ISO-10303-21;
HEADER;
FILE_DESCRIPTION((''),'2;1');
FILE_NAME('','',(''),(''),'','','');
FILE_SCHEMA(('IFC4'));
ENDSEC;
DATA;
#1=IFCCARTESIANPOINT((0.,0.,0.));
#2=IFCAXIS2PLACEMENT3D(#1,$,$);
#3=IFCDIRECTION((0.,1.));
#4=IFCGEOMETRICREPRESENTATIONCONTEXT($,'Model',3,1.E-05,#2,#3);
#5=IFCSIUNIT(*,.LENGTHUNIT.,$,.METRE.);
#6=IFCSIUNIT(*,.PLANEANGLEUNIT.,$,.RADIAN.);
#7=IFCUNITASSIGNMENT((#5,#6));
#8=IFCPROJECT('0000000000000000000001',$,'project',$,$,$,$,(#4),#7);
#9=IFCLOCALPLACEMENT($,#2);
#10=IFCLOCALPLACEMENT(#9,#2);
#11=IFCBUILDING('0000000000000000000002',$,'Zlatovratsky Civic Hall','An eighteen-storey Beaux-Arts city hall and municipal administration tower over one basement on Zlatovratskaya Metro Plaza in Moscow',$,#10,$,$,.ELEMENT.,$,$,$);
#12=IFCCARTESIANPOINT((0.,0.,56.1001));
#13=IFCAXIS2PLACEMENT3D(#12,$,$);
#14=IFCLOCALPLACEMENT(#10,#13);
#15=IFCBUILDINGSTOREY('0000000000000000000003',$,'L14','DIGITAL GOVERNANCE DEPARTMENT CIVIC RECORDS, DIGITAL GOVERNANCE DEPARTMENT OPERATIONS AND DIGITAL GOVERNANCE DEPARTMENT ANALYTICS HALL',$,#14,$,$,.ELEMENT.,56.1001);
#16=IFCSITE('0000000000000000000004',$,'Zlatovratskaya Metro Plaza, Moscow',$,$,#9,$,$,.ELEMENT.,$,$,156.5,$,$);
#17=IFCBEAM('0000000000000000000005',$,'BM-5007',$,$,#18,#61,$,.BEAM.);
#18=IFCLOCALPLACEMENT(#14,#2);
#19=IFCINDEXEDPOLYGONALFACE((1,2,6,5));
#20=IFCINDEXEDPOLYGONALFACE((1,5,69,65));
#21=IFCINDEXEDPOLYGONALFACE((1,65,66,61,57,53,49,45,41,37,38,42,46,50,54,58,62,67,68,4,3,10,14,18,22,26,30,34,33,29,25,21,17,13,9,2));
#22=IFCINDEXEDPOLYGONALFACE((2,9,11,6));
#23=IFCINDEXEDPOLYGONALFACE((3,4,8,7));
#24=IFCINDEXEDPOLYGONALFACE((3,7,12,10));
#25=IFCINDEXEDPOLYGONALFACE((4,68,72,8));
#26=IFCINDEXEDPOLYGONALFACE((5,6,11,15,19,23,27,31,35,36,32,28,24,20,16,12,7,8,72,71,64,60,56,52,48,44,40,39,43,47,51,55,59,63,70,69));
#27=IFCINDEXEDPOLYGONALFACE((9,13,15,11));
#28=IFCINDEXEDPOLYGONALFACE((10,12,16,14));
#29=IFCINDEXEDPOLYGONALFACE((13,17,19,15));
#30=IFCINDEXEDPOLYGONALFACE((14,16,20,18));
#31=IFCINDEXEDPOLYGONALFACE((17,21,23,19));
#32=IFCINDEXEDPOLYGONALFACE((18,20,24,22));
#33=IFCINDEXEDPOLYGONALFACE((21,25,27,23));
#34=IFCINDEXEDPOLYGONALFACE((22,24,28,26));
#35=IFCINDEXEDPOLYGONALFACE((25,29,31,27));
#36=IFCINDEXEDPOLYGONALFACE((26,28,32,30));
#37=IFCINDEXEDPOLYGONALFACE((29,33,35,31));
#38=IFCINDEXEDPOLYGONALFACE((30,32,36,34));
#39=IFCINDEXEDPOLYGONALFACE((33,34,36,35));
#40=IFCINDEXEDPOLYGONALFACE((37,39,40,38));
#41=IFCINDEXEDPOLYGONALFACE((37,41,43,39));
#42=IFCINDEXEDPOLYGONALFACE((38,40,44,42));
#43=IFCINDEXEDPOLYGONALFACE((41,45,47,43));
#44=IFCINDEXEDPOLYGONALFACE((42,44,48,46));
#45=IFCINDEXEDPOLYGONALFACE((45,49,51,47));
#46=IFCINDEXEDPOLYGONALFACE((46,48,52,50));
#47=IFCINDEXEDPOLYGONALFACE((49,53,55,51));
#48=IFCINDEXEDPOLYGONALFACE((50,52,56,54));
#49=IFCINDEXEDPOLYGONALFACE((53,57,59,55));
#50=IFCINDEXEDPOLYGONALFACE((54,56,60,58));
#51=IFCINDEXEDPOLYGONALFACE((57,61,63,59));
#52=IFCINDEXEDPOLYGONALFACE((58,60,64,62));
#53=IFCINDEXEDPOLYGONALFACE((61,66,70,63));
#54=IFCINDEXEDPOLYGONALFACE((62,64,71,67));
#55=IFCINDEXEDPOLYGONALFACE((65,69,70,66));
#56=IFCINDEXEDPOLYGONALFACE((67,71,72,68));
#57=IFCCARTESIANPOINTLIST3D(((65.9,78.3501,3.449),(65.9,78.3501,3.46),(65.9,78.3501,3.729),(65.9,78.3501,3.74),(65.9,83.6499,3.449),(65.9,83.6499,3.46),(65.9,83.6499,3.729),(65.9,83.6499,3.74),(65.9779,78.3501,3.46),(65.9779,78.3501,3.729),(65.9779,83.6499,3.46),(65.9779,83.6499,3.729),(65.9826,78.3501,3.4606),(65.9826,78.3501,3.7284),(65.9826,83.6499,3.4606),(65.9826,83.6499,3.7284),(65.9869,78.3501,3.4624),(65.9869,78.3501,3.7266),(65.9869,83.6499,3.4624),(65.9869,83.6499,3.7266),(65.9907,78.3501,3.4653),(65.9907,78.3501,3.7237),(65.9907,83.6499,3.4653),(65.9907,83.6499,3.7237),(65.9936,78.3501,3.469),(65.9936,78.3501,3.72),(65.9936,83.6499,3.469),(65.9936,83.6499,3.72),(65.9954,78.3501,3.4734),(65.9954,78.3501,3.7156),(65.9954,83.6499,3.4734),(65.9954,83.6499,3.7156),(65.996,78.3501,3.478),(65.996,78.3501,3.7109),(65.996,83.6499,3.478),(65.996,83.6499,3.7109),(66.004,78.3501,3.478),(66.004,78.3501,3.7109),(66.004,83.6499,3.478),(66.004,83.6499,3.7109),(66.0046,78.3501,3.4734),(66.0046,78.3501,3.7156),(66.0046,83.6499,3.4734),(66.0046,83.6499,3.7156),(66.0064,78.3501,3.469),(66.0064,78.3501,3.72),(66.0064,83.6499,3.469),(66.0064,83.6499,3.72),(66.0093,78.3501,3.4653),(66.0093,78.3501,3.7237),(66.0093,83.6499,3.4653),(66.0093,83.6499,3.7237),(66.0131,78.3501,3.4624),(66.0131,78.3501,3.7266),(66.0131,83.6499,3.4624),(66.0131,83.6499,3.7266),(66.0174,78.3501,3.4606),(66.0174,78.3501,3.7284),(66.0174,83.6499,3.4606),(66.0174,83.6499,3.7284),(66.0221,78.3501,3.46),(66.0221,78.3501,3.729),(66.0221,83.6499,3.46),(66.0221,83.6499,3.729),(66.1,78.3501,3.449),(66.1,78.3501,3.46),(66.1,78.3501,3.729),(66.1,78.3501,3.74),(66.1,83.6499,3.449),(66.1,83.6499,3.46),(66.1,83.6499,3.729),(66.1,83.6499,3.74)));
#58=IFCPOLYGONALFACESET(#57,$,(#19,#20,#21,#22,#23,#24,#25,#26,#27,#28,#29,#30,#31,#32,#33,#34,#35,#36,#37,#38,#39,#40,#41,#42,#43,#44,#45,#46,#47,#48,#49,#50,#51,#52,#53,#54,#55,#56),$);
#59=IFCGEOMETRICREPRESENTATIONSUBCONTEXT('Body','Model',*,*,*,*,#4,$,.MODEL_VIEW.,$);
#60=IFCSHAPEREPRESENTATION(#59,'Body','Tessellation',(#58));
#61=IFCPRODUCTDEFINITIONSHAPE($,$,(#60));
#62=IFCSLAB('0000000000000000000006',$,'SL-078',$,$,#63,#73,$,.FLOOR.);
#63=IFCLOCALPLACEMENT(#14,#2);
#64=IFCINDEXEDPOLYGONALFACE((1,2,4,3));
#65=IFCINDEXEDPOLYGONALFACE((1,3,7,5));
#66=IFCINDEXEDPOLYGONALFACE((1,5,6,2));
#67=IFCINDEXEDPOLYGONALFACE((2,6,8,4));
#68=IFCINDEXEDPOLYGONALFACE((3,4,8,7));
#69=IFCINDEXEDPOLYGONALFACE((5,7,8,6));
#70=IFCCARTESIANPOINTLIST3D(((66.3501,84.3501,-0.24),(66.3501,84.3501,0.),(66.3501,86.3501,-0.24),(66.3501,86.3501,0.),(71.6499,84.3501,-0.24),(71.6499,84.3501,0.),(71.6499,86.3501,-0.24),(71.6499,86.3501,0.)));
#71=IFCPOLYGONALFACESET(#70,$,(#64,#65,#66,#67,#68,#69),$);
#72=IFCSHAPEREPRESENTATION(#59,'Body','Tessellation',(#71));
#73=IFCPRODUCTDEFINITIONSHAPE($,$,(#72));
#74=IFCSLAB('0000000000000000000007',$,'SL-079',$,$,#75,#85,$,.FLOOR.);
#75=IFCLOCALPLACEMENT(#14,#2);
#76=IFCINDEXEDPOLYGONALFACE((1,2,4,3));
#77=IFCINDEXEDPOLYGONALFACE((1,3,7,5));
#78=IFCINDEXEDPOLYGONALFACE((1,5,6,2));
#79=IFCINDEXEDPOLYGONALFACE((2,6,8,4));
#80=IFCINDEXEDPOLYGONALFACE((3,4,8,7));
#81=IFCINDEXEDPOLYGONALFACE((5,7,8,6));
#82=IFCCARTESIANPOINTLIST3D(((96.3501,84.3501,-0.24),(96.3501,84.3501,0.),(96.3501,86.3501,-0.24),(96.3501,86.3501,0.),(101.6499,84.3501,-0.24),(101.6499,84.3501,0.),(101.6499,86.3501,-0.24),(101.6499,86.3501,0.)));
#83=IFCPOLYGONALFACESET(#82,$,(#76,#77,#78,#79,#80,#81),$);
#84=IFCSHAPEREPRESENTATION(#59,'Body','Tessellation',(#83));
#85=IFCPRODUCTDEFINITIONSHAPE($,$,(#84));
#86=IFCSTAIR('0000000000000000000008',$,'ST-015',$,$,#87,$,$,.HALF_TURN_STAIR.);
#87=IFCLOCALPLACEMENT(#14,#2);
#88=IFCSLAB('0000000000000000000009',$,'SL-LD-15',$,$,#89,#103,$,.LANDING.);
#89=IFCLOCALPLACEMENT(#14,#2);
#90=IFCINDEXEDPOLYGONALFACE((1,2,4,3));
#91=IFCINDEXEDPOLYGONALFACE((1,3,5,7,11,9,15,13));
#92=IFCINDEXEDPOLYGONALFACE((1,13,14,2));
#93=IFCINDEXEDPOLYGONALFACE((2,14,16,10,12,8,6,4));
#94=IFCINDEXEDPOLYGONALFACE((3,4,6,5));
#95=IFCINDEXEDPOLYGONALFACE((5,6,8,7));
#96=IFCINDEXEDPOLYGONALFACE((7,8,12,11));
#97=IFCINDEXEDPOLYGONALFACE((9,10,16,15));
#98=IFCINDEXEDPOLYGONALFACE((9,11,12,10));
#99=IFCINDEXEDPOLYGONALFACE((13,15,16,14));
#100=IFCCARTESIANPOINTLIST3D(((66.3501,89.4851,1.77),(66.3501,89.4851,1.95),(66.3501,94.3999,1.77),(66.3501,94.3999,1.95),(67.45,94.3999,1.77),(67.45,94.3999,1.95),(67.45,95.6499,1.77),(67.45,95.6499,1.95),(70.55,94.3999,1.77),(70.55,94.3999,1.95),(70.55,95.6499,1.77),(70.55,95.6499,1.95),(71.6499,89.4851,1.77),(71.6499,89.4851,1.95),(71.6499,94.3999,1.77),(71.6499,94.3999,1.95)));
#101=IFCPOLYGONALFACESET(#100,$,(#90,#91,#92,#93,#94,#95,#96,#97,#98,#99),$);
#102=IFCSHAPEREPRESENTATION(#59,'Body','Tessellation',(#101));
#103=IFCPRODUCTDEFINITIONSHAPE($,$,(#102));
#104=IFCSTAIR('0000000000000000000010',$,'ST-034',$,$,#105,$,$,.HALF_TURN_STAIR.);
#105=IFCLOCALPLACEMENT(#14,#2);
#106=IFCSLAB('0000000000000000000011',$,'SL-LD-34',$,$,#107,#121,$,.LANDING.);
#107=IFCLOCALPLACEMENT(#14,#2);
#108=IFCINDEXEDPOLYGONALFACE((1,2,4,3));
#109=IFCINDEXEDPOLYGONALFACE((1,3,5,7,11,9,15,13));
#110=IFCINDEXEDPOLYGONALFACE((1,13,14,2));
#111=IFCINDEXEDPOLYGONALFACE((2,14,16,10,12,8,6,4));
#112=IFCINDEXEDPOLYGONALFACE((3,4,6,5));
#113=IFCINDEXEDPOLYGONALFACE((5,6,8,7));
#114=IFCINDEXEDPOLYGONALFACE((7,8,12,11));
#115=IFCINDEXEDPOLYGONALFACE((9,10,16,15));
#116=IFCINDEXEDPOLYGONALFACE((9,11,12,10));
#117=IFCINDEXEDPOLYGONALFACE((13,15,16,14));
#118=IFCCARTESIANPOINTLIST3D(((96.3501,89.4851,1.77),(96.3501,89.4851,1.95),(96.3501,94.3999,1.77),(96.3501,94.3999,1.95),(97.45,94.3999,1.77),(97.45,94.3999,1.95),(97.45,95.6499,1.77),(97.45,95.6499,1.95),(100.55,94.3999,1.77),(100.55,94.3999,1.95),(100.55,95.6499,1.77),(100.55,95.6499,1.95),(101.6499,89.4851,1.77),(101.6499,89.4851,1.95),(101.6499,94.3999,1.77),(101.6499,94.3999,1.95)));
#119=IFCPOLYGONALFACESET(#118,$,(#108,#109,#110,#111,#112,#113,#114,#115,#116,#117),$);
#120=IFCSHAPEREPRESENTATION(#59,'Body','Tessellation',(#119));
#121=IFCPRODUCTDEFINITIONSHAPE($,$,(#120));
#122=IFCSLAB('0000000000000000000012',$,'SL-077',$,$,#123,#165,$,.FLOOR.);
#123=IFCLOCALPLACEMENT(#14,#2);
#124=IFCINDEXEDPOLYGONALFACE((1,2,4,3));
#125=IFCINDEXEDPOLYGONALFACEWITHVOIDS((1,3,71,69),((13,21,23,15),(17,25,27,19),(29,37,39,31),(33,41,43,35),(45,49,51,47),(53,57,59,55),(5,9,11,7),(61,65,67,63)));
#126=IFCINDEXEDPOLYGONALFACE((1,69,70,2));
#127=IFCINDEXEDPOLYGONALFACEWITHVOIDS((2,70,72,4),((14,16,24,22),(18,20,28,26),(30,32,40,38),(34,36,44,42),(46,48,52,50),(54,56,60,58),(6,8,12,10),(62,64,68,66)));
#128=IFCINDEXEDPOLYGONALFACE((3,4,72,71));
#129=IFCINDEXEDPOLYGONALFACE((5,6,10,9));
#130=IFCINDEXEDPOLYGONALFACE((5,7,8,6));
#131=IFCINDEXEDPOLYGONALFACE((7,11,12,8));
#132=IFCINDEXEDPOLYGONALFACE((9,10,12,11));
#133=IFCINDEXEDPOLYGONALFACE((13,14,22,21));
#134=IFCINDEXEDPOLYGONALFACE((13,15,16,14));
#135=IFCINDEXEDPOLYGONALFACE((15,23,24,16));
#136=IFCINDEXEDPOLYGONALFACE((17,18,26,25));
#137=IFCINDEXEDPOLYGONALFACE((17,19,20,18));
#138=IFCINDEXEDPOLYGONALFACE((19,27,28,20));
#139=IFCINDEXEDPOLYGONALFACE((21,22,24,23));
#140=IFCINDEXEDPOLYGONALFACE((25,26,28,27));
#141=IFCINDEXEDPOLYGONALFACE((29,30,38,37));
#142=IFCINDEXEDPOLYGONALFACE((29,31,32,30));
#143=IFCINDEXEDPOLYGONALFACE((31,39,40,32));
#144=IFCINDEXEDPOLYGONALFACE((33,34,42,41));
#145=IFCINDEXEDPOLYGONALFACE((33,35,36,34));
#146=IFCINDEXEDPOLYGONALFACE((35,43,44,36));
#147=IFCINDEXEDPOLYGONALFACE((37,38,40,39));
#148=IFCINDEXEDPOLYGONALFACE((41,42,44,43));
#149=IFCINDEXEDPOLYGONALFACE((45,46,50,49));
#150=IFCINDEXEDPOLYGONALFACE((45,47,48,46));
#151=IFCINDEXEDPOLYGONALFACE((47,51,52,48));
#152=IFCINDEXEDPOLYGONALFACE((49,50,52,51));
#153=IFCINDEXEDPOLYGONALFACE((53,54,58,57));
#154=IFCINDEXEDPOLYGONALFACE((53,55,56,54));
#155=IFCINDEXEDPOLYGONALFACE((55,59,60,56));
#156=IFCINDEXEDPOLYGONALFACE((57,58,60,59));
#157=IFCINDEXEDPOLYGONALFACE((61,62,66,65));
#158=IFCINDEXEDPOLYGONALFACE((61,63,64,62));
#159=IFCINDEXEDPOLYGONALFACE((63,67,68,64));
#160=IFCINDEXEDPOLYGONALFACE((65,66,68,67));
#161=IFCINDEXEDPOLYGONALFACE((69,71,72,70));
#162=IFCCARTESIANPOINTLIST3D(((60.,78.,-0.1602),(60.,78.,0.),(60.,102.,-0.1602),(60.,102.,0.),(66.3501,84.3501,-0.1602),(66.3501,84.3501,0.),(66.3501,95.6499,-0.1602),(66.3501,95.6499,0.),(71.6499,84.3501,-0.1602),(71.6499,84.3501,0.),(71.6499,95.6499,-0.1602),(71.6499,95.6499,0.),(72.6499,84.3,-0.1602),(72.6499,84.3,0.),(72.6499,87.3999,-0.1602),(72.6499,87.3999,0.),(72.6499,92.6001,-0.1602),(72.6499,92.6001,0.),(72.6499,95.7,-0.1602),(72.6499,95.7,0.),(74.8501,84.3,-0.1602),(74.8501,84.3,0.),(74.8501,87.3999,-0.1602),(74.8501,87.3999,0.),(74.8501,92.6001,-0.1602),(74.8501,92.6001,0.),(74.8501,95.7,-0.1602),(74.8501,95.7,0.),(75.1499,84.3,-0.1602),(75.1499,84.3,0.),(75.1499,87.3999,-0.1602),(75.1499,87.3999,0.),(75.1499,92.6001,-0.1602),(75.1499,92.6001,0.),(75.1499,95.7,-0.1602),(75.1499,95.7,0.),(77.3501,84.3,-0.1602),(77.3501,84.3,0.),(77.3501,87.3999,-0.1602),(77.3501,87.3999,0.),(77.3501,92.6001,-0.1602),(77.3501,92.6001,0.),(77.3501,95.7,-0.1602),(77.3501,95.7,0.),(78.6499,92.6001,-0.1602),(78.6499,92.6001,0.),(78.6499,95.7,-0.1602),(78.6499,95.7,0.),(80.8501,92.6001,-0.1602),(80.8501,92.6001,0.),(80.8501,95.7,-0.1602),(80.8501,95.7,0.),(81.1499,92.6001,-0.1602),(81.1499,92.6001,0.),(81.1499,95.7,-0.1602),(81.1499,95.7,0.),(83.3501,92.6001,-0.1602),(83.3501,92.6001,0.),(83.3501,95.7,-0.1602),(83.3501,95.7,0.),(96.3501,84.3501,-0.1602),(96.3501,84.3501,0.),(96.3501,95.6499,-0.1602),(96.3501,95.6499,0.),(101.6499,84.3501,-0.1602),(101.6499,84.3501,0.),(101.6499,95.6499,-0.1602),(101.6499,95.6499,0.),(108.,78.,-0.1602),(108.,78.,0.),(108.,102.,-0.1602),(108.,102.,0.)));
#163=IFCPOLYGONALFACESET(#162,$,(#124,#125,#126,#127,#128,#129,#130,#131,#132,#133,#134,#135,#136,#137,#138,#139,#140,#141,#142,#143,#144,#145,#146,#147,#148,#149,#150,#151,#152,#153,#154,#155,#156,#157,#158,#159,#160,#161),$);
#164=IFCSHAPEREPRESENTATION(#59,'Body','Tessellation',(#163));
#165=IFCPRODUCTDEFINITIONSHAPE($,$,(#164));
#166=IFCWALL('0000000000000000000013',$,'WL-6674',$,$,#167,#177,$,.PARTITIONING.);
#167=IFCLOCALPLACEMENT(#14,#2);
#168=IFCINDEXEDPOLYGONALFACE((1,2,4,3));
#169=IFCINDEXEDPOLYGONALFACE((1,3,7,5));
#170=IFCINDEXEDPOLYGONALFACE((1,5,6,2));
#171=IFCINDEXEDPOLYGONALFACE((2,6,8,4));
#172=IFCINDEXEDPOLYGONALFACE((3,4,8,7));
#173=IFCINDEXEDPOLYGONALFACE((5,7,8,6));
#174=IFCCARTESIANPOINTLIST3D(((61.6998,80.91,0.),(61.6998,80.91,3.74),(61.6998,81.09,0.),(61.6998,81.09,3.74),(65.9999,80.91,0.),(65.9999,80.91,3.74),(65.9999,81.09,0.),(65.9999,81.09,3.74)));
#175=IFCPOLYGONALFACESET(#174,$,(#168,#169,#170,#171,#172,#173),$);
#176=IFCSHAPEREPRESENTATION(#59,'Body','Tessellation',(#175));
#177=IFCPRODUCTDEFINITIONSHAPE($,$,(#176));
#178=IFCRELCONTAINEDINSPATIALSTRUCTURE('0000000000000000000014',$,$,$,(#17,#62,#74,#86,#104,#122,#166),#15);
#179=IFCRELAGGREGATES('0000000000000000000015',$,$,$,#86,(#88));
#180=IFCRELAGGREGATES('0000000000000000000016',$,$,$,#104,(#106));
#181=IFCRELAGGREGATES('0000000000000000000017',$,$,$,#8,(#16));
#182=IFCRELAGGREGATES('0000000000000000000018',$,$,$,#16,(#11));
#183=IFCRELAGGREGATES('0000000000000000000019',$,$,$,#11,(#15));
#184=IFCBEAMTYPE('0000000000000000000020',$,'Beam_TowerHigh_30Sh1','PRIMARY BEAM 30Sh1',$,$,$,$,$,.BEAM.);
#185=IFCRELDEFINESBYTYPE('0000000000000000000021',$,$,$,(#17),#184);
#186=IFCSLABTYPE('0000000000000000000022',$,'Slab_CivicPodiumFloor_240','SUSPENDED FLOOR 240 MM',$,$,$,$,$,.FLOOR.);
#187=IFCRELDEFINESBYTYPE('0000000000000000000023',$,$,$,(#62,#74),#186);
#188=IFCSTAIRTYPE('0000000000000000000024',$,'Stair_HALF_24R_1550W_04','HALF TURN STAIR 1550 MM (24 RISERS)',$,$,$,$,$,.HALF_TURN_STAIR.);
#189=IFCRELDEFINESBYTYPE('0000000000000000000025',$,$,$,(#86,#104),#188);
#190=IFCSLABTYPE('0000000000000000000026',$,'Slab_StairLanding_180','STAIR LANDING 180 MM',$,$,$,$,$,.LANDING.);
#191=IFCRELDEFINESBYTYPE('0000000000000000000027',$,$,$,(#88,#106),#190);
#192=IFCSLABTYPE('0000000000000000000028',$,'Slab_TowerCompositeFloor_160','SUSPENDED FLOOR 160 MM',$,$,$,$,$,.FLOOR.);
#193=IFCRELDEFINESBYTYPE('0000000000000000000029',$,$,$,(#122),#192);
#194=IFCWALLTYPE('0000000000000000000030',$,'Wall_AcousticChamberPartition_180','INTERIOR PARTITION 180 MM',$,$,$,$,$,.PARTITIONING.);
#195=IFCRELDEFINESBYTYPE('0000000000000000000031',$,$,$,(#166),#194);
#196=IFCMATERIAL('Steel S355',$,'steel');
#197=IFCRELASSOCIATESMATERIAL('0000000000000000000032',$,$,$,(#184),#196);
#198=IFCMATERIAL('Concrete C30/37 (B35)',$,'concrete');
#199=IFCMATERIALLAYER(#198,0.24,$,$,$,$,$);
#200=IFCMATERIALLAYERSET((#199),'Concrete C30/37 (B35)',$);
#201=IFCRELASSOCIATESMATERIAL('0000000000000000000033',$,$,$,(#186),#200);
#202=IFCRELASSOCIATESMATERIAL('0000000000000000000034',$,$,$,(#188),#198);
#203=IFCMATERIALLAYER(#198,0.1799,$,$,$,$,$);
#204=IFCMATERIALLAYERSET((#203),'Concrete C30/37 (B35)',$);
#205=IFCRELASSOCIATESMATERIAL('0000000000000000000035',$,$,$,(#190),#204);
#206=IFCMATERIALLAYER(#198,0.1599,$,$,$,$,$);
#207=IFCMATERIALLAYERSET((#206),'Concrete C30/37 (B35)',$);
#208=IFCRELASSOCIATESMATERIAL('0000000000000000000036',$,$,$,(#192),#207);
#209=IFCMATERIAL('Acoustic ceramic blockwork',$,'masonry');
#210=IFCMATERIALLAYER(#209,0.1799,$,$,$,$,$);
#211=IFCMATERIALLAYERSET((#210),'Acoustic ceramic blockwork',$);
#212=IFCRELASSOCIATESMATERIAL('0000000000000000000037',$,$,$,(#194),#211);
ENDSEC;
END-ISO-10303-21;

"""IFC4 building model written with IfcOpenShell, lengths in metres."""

from ifc_helpers import new_model, si_unit, direction, frame, frame_2d, origin, origin_2d, place, context, subcontext, project, spatial, polyline, rectangle, i_section, outline, extrude, material, layer, layer_set, material_profile, profile_set, type_object, element, aggregate, save


model = new_model("IFC4")

# Units and contexts
model_context = context("Model", 3, precision=1e-05, world=origin(), true_north=direction((0.0, 1.0)))
body_context = subcontext(model_context, "Body", "Model", "MODEL_VIEW")
ifc_project = project(units=[si_unit("LENGTHUNIT", "METRE"), si_unit("PLANEANGLEUNIT", "RADIAN")], contexts=[model_context])

# Site, building, storey
site_placement = place(None, origin())
site = spatial("IfcSite", under=ifc_project, at=site_placement, Name="Zlatovratskaya Metro Plaza, Moscow", CompositionType="ELEMENT", RefElevation=156.5)
building_placement = place(site_placement, origin())
building = spatial("IfcBuilding", under=site, at=building_placement, Name="Zlatovratsky Civic Hall", Description="An eighteen-storey Beaux-Arts city hall and municipal administration tower over one basement on Zlatovratskaya Metro Plaza in Moscow", CompositionType="ELEMENT")
storey_placement = place(building_placement, frame((0.0, 0.0, 56.1001)))
storey = spatial("IfcBuildingStorey", under=building, at=storey_placement, Name="L14", Description="DIGITAL GOVERNANCE DEPARTMENT CIVIC RECORDS, DIGITAL GOVERNANCE DEPARTMENT OPERATIONS AND DIGITAL GOVERNANCE DEPARTMENT ANALYTICS HALL", CompositionType="ELEMENT", Elevation=56.1001)

# Beam
ifc_material_1 = material(Name="Steel S355", Category="steel")
ifc_material_profile_1 = material_profile(ifc_material_1, i_section(OverallWidth=0.2, OverallDepth=0.291, WebThickness=0.0081, FlangeThickness=0.011, FilletRadius=0.0181, at=origin_2d()), Name="30Sh1")
ifc_profile_set_1 = profile_set([ifc_material_profile_1], Name="Steel S355")
beam_type_1 = type_object("IfcBeamType", Name="Beam_TowerHigh_30Sh1", Description="PRIMARY BEAM 30Sh1", PredefinedType="BEAM", material=ifc_profile_set_1)
beam_placement = place(storey_placement, frame((66.0, 78.3501, 3.5945), z_axis=(0.0, 1.0, 0.0), x_axis=(-1.0, 0.0, 0.0)))
element("IfcBeam", 1, at=beam_placement, inside=storey, type_object=beam_type_1, Name="BM-5007", PredefinedType="BEAM", context=body_context, shape_type="SweptSolid", body=[
    extrude(i_section(OverallWidth=0.2, OverallDepth=0.291, WebThickness=0.0081, FlangeThickness=0.011, FilletRadius=0.0181, at=origin_2d()), origin(), (0.0, 0.0, 1.0), 5.2998),
])

# Slabs
ifc_material_2 = material(Name="Concrete C30/37 (B35)", Category="concrete")
ifc_layer_1 = layer(ifc_material_2, 0.24)
ifc_layer_set_1 = layer_set([ifc_layer_1], Name="Concrete C30/37 (B35)")
slab_type_1 = type_object("IfcSlabType", Name="Slab_CivicPodiumFloor_240", Description="SUSPENDED FLOOR 240 MM", PredefinedType="FLOOR", material=ifc_layer_set_1)
slab_1_placement = place(storey_placement, frame((0.0, 0.0, -0.24)))
element("IfcSlab", 2, at=slab_1_placement, inside=storey, type_object=slab_type_1, Name="SL-078", PredefinedType="FLOOR", context=body_context, shape_type="SweptSolid", body=[
    extrude(outline(polyline([(66.3501, 84.3501), (71.6499, 84.3501), (71.6499, 86.3501), (66.3501, 86.3501), (66.3501, 84.3501)])), origin(), (0.0, 0.0, 1.0), 0.24),
])
slab_2_placement = place(storey_placement, frame((0.0, 0.0, -0.24)))
element("IfcSlab", 3, at=slab_2_placement, inside=storey, type_object=slab_type_1, Name="SL-079", PredefinedType="FLOOR", context=body_context, shape_type="SweptSolid", body=[
    extrude(outline(polyline([(96.3501, 84.3501), (101.6499, 84.3501), (101.6499, 86.3501), (96.3501, 86.3501), (96.3501, 84.3501)])), origin(), (0.0, 0.0, 1.0), 0.24),
])

# Stairs, slabs
stair_type = type_object("IfcStairType", Name="Stair_HALF_24R_1550W_04", Description="HALF TURN STAIR 1550 MM (24 RISERS)", PredefinedType="HALF_TURN_STAIR", material=ifc_material_2)
stair_1_placement = place(storey_placement, origin())
stair_1 = element("IfcStair", 4, at=stair_1_placement, inside=storey, type_object=stair_type, Name="ST-015", PredefinedType="HALF_TURN_STAIR")
ifc_layer_2 = layer(ifc_material_2, 0.1799)
ifc_layer_set_2 = layer_set([ifc_layer_2], Name="Concrete C30/37 (B35)")
slab_type_2 = type_object("IfcSlabType", Name="Slab_StairLanding_180", Description="STAIR LANDING 180 MM", PredefinedType="LANDING", material=ifc_layer_set_2)
slab_3_placement = place(storey_placement, frame((0.0, 0.0, 1.77)))
slab_3 = element("IfcSlab", 5, at=slab_3_placement, type_object=slab_type_2, Name="SL-LD-15", PredefinedType="LANDING", context=body_context, shape_type="SweptSolid", body=[
    extrude(outline(polyline([(66.3501, 89.4851), (71.6499, 89.4851), (71.6499, 94.3999), (70.55, 94.3999), (70.55, 95.6499), (67.45, 95.6499), (67.45, 94.3999), (66.3501, 94.3999), (66.3501, 89.4851)])), origin(), (0.0, 0.0, 1.0), 0.1799),
])
aggregate(stair_1, [slab_3])
stair_2_placement = place(storey_placement, origin())
stair_2 = element("IfcStair", 6, at=stair_2_placement, inside=storey, type_object=stair_type, Name="ST-034", PredefinedType="HALF_TURN_STAIR")
slab_4_placement = place(storey_placement, frame((0.0, 0.0, 1.77)))
slab_4 = element("IfcSlab", 7, at=slab_4_placement, type_object=slab_type_2, Name="SL-LD-34", PredefinedType="LANDING", context=body_context, shape_type="SweptSolid", body=[
    extrude(outline(polyline([(96.3501, 89.4851), (101.6499, 89.4851), (101.6499, 94.3999), (100.55, 94.3999), (100.55, 95.6499), (97.45, 95.6499), (97.45, 94.3999), (96.3501, 94.3999), (96.3501, 89.4851)])), origin(), (0.0, 0.0, 1.0), 0.1799),
])
aggregate(stair_2, [slab_4])

# Slab
ifc_layer_3 = layer(ifc_material_2, 0.1599)
ifc_layer_set_3 = layer_set([ifc_layer_3], Name="Concrete C30/37 (B35)")
slab_type_3 = type_object("IfcSlabType", Name="Slab_TowerCompositeFloor_160", Description="SUSPENDED FLOOR 160 MM", PredefinedType="FLOOR", material=ifc_layer_set_3)
slab_5_placement = place(storey_placement, frame((0.0, 0.0, -0.1602)))
element("IfcSlab", 8, at=slab_5_placement, inside=storey, type_object=slab_type_3, Name="SL-077", PredefinedType="FLOOR", context=body_context, shape_type="SweptSolid", body=[
    extrude(outline(polyline([(60.0, 78.0), (108.0, 78.0), (108.0, 102.0), (60.0, 102.0), (60.0, 78.0)]), holes=[polyline([(66.3501, 84.3501), (71.6499, 84.3501), (71.6499, 95.6499), (66.3501, 95.6499), (66.3501, 84.3501)]), polyline([(96.3501, 84.3501), (101.6499, 84.3501), (101.6499, 95.6499), (96.3501, 95.6499), (96.3501, 84.3501)]), polyline([(72.6499, 84.3), (74.8501, 84.3), (74.8501, 87.3999), (72.6499, 87.3999), (72.6499, 84.3)]), polyline([(75.1499, 84.3), (77.3501, 84.3), (77.3501, 87.3999), (75.1499, 87.3999), (75.1499, 84.3)]), polyline([(72.6499, 92.6001), (74.8501, 92.6001), (74.8501, 95.7), (72.6499, 95.7), (72.6499, 92.6001)]), polyline([(75.1499, 92.6001), (77.3501, 92.6001), (77.3501, 95.7), (75.1499, 95.7), (75.1499, 92.6001)]), polyline([(78.6499, 92.6001), (80.8501, 92.6001), (80.8501, 95.7), (78.6499, 95.7), (78.6499, 92.6001)]), polyline([(81.1499, 92.6001), (83.3501, 92.6001), (83.3501, 95.7), (81.1499, 95.7), (81.1499, 92.6001)])]), origin(), (0.0, 0.0, 1.0), 0.1602),
])

# Wall
ifc_material_3 = material(Name="Acoustic ceramic blockwork", Category="masonry")
ifc_layer_4 = layer(ifc_material_3, 0.1799)
ifc_layer_set_4 = layer_set([ifc_layer_4], Name="Acoustic ceramic blockwork")
wall_type_1 = type_object("IfcWallType", Name="Wall_AcousticChamberPartition_180", Description="INTERIOR PARTITION 180 MM", PredefinedType="PARTITIONING", material=ifc_layer_set_4)
wall_1_placement = place(storey_placement, frame((61.7, 81.0, 0.0), z_axis=(0.0, 0.0, 1.0), x_axis=(1.0, 0.0, 0.0)))
element("IfcWall", 9, at=wall_1_placement, inside=storey, type_object=wall_type_1, Name="WL-6674", PredefinedType="PARTITIONING", context=body_context, shape_type="SweptSolid", body=[
    extrude(rectangle(XDim=4.3, YDim=0.1799, at=frame_2d((2.1499, 0.0))), origin(), (0.0, 0.0, 1.0), 3.74),
])

save(model, "model.ifc")
